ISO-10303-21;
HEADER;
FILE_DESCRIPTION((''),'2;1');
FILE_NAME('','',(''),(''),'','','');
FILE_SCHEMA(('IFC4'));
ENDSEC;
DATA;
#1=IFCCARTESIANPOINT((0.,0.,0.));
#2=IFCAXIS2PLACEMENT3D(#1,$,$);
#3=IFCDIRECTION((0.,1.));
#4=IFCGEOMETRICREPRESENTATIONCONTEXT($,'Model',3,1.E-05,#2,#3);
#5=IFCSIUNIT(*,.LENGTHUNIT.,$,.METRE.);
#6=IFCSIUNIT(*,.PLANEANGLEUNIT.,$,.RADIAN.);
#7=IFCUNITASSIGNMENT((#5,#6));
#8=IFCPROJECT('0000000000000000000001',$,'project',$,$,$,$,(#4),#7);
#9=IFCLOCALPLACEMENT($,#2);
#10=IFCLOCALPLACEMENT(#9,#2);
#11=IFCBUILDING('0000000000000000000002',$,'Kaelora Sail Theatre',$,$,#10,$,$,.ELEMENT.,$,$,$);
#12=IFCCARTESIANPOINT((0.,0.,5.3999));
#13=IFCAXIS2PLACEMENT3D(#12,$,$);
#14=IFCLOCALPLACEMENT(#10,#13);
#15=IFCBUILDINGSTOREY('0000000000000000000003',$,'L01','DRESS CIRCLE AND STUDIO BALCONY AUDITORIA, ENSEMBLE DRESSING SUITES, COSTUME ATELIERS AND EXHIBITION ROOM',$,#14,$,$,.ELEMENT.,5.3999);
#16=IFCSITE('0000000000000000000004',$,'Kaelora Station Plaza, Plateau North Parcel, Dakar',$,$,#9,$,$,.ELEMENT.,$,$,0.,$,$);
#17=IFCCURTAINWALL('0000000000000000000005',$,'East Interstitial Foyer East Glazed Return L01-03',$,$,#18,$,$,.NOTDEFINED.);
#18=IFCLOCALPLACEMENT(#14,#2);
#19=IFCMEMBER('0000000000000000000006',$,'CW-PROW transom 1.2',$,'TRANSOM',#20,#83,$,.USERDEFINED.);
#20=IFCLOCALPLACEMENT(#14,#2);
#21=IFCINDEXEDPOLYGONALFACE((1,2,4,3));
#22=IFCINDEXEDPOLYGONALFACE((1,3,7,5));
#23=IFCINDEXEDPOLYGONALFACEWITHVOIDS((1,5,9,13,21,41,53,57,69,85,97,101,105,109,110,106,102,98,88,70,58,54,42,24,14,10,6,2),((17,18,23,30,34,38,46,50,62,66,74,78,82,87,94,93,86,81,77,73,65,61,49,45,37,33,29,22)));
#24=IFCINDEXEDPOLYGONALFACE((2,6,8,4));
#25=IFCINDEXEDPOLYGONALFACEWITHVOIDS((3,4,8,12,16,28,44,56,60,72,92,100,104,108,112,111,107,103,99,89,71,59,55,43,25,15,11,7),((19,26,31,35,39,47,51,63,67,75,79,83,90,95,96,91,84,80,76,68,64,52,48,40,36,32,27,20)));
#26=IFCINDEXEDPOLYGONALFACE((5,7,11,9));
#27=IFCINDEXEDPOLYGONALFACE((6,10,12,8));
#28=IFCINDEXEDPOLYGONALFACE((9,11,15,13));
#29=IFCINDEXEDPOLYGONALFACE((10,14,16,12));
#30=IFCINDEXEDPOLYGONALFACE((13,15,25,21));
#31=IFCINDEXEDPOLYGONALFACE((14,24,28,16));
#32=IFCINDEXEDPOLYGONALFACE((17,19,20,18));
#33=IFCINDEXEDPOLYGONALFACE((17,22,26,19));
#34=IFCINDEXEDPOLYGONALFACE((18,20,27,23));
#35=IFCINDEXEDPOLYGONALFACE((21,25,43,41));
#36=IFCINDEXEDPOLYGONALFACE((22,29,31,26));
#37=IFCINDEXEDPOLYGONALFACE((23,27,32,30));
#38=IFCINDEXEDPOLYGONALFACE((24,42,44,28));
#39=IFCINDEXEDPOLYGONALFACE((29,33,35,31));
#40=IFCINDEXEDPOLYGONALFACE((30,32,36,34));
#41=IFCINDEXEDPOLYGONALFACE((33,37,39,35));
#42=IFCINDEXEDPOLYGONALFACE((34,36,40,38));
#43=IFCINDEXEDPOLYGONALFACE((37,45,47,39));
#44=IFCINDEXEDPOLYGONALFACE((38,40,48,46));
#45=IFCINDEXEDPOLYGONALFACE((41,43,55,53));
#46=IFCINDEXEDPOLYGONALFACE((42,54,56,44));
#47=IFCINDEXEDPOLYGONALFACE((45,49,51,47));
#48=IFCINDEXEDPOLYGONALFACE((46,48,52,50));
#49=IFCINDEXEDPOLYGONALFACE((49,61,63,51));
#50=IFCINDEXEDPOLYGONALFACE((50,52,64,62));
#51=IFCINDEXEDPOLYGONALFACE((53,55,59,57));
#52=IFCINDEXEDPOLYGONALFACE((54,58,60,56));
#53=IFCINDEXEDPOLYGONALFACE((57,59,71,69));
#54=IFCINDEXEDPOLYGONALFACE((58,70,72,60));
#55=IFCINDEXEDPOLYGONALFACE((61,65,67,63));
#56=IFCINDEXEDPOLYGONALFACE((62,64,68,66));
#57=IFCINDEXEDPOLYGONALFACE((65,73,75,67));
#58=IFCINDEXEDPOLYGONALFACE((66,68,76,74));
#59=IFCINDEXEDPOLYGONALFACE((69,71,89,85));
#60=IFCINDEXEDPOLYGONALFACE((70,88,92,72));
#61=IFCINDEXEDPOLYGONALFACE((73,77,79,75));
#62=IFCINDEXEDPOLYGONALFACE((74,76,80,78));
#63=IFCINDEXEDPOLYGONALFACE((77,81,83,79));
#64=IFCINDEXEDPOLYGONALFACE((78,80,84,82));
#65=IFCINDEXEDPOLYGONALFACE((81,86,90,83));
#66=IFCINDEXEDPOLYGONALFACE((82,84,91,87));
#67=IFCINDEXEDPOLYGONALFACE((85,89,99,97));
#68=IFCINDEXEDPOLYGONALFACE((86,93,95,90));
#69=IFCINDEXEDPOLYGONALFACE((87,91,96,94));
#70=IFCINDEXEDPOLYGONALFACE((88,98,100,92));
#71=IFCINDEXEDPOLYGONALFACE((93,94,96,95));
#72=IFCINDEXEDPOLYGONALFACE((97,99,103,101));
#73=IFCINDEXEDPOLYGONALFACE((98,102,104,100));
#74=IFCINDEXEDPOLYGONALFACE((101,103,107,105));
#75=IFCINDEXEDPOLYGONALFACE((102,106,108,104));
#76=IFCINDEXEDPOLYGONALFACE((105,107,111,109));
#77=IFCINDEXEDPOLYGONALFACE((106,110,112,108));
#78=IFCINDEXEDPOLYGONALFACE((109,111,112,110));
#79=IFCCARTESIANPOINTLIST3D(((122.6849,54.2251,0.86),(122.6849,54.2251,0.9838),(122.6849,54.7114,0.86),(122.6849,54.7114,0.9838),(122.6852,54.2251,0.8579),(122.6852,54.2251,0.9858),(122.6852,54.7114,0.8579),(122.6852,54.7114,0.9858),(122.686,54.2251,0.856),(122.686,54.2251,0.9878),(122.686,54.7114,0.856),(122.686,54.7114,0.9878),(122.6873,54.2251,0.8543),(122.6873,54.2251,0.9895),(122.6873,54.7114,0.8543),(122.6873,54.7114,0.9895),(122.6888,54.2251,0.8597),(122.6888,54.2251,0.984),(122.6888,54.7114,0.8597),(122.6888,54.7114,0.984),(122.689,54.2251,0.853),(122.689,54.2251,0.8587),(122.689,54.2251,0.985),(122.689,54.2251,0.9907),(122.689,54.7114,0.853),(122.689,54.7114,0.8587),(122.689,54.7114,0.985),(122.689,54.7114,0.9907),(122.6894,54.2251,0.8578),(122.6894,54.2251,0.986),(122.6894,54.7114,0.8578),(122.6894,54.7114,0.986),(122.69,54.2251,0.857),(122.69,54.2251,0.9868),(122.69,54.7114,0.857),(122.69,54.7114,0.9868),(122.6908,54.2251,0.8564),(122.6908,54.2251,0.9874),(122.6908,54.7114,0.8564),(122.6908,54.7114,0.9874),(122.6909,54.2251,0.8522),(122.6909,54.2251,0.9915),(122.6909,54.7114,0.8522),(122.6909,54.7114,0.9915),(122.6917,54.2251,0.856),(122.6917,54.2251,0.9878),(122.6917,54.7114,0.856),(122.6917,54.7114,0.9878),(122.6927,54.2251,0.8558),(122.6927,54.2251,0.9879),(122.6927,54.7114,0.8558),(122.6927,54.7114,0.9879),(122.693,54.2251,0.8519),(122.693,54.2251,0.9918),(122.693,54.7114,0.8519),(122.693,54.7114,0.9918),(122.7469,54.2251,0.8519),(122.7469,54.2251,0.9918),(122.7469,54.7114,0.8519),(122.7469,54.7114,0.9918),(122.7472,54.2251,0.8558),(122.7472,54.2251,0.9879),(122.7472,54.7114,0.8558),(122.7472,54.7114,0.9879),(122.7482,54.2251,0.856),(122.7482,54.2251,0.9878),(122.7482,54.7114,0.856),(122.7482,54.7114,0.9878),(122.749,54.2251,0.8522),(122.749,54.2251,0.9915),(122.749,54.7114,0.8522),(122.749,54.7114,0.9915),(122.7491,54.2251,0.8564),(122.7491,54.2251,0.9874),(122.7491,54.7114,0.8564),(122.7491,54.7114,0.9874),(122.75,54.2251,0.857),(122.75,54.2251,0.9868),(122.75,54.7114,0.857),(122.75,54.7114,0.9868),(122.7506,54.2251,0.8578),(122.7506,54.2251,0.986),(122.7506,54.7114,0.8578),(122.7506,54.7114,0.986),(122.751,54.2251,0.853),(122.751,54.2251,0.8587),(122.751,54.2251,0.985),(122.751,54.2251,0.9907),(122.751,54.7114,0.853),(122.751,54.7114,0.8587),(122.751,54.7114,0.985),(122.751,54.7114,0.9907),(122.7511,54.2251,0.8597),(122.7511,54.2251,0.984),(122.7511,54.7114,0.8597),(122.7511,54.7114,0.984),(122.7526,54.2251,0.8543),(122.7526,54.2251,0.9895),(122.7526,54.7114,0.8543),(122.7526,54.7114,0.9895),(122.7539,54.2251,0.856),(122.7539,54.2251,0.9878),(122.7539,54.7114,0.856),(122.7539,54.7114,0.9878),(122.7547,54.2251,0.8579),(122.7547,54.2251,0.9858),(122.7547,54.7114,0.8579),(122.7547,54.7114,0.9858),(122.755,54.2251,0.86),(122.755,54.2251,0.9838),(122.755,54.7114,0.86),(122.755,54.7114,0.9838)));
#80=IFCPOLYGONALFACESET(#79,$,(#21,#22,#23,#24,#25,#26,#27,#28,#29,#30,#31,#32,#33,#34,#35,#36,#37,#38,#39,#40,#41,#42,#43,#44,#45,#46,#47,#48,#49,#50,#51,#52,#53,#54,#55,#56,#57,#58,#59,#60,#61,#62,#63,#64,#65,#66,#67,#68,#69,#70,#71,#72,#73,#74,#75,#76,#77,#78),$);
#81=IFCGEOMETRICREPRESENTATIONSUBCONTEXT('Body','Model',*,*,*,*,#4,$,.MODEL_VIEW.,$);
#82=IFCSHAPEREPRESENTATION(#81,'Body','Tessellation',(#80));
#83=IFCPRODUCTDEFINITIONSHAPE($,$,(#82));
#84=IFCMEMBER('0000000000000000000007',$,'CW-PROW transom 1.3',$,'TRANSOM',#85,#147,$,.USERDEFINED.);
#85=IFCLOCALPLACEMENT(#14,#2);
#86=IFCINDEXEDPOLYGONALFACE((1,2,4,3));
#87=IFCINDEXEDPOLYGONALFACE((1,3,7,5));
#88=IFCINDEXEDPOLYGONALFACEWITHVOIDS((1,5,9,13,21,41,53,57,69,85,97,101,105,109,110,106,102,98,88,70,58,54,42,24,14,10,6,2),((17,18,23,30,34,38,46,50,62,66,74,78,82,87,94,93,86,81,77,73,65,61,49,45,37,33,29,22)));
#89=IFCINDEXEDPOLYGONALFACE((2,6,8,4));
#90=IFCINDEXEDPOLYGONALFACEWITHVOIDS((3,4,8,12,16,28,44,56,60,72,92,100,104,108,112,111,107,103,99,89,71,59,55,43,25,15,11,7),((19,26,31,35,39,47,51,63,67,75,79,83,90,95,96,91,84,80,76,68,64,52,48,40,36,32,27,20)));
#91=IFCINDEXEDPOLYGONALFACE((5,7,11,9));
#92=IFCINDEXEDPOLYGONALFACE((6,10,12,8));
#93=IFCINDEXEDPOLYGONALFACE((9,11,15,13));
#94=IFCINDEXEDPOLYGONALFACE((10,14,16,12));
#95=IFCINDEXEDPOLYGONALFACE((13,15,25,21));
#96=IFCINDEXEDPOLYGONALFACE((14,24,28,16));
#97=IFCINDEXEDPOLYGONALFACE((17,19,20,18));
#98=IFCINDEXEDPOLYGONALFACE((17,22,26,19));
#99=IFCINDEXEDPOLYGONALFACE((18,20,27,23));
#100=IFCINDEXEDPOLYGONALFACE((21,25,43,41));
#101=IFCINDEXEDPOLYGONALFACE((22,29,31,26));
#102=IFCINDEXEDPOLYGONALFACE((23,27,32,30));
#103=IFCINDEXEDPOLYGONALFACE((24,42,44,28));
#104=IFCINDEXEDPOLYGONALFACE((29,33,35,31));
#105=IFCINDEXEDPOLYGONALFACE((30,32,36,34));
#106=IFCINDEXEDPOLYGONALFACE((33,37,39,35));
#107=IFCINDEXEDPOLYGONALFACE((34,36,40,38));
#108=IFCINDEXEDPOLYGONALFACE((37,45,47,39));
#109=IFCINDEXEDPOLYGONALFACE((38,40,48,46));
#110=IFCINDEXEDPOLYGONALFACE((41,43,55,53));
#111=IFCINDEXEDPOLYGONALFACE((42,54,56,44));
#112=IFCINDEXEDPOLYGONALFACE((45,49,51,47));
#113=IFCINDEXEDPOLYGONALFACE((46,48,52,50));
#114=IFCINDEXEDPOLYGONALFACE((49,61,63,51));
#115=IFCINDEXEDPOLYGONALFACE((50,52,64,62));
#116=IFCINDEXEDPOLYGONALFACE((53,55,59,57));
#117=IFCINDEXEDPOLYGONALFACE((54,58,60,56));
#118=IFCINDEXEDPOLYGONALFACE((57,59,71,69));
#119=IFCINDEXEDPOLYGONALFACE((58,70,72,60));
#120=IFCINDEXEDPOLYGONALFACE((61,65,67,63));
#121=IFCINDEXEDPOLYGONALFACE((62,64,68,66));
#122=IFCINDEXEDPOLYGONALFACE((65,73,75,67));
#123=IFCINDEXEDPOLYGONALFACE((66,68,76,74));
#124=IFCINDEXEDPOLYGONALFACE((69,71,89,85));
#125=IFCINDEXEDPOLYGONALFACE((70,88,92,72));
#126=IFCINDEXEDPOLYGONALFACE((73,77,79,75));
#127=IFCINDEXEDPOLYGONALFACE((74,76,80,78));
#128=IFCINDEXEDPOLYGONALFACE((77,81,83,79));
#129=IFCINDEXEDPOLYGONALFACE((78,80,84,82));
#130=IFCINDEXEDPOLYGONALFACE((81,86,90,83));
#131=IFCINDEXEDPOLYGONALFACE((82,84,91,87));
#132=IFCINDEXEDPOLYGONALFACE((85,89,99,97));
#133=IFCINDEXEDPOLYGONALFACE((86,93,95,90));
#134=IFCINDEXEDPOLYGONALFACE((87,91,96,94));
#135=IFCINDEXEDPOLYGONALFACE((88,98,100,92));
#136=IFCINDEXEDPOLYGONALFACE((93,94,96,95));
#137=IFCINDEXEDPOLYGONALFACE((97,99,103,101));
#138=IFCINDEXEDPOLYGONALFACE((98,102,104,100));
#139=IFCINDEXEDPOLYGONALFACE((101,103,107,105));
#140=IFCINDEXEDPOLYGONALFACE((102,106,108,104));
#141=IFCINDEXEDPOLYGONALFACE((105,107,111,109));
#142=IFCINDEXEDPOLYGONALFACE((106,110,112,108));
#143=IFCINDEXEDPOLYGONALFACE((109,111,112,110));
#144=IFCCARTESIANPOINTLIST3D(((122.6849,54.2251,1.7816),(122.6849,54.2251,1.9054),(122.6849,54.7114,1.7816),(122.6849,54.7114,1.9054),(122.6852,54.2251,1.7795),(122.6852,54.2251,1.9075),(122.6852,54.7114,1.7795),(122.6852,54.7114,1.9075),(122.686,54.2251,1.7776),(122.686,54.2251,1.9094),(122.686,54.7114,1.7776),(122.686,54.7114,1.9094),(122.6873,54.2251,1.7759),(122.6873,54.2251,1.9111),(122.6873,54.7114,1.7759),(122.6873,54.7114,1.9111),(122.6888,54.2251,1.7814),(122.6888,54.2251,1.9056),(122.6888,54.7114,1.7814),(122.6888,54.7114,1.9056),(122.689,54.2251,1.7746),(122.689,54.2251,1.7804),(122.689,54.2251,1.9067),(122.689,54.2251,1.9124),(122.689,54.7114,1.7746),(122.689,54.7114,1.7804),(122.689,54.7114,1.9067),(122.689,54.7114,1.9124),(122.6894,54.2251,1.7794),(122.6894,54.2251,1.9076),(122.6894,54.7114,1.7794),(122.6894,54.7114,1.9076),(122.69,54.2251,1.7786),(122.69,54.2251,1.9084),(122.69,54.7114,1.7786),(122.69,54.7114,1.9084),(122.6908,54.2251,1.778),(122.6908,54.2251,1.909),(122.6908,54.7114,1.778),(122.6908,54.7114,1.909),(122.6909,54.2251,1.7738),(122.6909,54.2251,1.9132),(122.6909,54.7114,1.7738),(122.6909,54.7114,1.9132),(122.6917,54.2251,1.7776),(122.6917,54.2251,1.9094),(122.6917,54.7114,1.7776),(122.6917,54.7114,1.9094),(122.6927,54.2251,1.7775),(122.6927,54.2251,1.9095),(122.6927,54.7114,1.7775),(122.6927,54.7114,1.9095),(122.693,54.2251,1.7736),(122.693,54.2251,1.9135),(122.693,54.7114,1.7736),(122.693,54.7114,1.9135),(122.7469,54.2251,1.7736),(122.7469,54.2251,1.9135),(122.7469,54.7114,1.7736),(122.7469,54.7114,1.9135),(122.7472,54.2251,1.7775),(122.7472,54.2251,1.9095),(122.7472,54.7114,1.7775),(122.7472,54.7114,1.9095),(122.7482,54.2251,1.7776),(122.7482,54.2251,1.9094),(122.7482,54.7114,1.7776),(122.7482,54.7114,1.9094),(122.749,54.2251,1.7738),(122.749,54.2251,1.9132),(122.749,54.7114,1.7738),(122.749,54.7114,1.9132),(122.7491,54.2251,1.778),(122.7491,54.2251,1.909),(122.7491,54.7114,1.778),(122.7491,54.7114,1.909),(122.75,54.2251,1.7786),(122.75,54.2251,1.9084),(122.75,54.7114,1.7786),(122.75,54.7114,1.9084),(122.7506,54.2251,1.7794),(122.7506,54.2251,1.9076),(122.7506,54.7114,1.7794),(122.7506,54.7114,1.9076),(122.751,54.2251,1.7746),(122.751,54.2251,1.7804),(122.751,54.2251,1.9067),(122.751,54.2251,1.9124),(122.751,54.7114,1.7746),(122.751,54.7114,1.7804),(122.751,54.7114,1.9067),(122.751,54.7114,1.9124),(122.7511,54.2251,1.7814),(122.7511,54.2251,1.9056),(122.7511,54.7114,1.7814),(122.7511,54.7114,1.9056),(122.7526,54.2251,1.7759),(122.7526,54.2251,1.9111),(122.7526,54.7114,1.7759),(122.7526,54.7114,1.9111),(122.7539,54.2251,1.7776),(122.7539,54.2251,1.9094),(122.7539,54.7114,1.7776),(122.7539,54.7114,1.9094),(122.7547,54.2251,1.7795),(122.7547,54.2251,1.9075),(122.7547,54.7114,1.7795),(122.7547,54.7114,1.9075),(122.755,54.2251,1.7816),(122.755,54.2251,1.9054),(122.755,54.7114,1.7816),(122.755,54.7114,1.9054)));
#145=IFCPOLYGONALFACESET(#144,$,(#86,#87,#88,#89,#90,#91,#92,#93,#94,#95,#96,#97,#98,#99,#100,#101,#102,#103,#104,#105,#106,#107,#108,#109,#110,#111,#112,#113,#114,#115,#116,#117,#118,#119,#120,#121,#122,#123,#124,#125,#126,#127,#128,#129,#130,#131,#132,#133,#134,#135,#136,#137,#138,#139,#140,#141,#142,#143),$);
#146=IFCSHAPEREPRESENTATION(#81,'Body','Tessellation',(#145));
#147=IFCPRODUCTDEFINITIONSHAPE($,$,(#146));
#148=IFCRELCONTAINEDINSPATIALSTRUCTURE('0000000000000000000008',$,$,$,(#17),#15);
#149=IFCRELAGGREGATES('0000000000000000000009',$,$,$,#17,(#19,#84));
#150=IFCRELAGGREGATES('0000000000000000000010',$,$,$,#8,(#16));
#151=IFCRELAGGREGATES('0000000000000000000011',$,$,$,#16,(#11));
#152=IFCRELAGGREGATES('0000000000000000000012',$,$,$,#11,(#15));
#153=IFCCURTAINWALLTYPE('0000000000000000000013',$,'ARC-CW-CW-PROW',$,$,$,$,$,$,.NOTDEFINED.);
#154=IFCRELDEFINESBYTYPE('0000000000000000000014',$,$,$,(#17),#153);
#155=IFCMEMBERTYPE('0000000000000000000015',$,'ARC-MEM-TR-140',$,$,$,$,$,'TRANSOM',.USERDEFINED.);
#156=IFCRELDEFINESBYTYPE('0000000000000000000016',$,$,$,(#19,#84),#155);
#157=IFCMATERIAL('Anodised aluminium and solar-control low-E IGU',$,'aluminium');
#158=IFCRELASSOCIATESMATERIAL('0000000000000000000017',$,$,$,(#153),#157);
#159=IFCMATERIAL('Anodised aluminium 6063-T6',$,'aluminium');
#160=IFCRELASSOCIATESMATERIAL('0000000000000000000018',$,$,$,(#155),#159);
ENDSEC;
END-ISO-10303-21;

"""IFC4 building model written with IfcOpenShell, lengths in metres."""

from ifc_helpers import new_model, si_unit, direction, frame, origin, origin_2d, place, context, subcontext, project, spatial, hollow_rectangle, extrude, material, material_profile, profile_set, type_object, element, aggregate, save


model = new_model("IFC4")

# Units and contexts
model_context = context("Model", 3, precision=1e-05, world=origin(), true_north=direction((0.0, 1.0)))
body_context = subcontext(model_context, "Body", "Model", "MODEL_VIEW")
ifc_project = project(units=[si_unit("LENGTHUNIT", "METRE"), si_unit("PLANEANGLEUNIT", "RADIAN")], contexts=[model_context])

# Site, building, storey
site_placement = place(None, origin())
site = spatial("IfcSite", under=ifc_project, at=site_placement, Name="Kaelora Station Plaza, Plateau North Parcel, Dakar", CompositionType="ELEMENT", RefElevation=0.0)
building_placement = place(site_placement, origin())
building = spatial("IfcBuilding", under=site, at=building_placement, Name="Kaelora Sail Theatre", CompositionType="ELEMENT")
storey_placement = place(building_placement, frame((0.0, 0.0, 5.3999)))
storey = spatial("IfcBuildingStorey", under=building, at=storey_placement, Name="L01", Description="DRESS CIRCLE AND STUDIO BALCONY AUDITORIA, ENSEMBLE DRESSING SUITES, COSTUME ATELIERS AND EXHIBITION ROOM", CompositionType="ELEMENT", Elevation=5.3999)

# Curtain wall, members
ifc_material_1 = material(Name="Anodised aluminium and solar-control low-E IGU", Category="aluminium")
curtain_wall_type = type_object("IfcCurtainWallType", Name="ARC-CW-CW-PROW", PredefinedType="NOTDEFINED", material=ifc_material_1)
curtain_wall_placement = place(storey_placement, origin())
curtain_wall = element("IfcCurtainWall", 1, at=curtain_wall_placement, inside=storey, type_object=curtain_wall_type, Name="East Interstitial Foyer East Glazed Return L01-03", PredefinedType="NOTDEFINED")
ifc_material_2 = material(Name="Anodised aluminium 6063-T6", Category="aluminium")
ifc_material_profile_1 = material_profile(ifc_material_2, hollow_rectangle(XDim=0.0701, YDim=0.1399, WallThickness=0.0039, InnerFilletRadius=0.0039, OuterFilletRadius=0.0081, at=origin_2d()), Name="ALU-TRAN 70x140x4")
ifc_profile_set_1 = profile_set([ifc_material_profile_1], Name="Anodised aluminium 6063-T6")
member_type_1 = type_object("IfcMemberType", Name="ARC-MEM-TR-140", ElementType="TRANSOM", PredefinedType="USERDEFINED", material=ifc_profile_set_1)
member_1_placement = place(storey_placement, frame((122.72, 54.2251, 0.9219), z_axis=(0.0, 1.0, 0.0), x_axis=(-1.0, 0.0, 0.0)))
member_1 = element("IfcMember", 2, at=member_1_placement, type_object=member_type_1, Name="CW-PROW transom 1.2", ObjectType="TRANSOM", PredefinedType="USERDEFINED", context=body_context, shape_type="SweptSolid", body=[
    extrude(hollow_rectangle(XDim=0.0701, YDim=0.1399, WallThickness=0.0039, InnerFilletRadius=0.0039, OuterFilletRadius=0.0081, at=origin_2d()), origin(), (0.0, 0.0, 1.0), 0.4863),
])
member_2_placement = place(storey_placement, frame((122.72, 54.2251, 1.8435), z_axis=(0.0, 1.0, 0.0), x_axis=(-1.0, 0.0, 0.0)))
member_2 = element("IfcMember", 3, at=member_2_placement, type_object=member_type_1, Name="CW-PROW transom 1.3", ObjectType="TRANSOM", PredefinedType="USERDEFINED", context=body_context, shape_type="SweptSolid", body=[
    extrude(hollow_rectangle(XDim=0.0701, YDim=0.1399, WallThickness=0.0039, InnerFilletRadius=0.0039, OuterFilletRadius=0.0081, at=origin_2d()), origin(), (0.0, 0.0, 1.0), 0.4863),
])
aggregate(curtain_wall, [member_1, member_2])

save(model, "model.ifc")
